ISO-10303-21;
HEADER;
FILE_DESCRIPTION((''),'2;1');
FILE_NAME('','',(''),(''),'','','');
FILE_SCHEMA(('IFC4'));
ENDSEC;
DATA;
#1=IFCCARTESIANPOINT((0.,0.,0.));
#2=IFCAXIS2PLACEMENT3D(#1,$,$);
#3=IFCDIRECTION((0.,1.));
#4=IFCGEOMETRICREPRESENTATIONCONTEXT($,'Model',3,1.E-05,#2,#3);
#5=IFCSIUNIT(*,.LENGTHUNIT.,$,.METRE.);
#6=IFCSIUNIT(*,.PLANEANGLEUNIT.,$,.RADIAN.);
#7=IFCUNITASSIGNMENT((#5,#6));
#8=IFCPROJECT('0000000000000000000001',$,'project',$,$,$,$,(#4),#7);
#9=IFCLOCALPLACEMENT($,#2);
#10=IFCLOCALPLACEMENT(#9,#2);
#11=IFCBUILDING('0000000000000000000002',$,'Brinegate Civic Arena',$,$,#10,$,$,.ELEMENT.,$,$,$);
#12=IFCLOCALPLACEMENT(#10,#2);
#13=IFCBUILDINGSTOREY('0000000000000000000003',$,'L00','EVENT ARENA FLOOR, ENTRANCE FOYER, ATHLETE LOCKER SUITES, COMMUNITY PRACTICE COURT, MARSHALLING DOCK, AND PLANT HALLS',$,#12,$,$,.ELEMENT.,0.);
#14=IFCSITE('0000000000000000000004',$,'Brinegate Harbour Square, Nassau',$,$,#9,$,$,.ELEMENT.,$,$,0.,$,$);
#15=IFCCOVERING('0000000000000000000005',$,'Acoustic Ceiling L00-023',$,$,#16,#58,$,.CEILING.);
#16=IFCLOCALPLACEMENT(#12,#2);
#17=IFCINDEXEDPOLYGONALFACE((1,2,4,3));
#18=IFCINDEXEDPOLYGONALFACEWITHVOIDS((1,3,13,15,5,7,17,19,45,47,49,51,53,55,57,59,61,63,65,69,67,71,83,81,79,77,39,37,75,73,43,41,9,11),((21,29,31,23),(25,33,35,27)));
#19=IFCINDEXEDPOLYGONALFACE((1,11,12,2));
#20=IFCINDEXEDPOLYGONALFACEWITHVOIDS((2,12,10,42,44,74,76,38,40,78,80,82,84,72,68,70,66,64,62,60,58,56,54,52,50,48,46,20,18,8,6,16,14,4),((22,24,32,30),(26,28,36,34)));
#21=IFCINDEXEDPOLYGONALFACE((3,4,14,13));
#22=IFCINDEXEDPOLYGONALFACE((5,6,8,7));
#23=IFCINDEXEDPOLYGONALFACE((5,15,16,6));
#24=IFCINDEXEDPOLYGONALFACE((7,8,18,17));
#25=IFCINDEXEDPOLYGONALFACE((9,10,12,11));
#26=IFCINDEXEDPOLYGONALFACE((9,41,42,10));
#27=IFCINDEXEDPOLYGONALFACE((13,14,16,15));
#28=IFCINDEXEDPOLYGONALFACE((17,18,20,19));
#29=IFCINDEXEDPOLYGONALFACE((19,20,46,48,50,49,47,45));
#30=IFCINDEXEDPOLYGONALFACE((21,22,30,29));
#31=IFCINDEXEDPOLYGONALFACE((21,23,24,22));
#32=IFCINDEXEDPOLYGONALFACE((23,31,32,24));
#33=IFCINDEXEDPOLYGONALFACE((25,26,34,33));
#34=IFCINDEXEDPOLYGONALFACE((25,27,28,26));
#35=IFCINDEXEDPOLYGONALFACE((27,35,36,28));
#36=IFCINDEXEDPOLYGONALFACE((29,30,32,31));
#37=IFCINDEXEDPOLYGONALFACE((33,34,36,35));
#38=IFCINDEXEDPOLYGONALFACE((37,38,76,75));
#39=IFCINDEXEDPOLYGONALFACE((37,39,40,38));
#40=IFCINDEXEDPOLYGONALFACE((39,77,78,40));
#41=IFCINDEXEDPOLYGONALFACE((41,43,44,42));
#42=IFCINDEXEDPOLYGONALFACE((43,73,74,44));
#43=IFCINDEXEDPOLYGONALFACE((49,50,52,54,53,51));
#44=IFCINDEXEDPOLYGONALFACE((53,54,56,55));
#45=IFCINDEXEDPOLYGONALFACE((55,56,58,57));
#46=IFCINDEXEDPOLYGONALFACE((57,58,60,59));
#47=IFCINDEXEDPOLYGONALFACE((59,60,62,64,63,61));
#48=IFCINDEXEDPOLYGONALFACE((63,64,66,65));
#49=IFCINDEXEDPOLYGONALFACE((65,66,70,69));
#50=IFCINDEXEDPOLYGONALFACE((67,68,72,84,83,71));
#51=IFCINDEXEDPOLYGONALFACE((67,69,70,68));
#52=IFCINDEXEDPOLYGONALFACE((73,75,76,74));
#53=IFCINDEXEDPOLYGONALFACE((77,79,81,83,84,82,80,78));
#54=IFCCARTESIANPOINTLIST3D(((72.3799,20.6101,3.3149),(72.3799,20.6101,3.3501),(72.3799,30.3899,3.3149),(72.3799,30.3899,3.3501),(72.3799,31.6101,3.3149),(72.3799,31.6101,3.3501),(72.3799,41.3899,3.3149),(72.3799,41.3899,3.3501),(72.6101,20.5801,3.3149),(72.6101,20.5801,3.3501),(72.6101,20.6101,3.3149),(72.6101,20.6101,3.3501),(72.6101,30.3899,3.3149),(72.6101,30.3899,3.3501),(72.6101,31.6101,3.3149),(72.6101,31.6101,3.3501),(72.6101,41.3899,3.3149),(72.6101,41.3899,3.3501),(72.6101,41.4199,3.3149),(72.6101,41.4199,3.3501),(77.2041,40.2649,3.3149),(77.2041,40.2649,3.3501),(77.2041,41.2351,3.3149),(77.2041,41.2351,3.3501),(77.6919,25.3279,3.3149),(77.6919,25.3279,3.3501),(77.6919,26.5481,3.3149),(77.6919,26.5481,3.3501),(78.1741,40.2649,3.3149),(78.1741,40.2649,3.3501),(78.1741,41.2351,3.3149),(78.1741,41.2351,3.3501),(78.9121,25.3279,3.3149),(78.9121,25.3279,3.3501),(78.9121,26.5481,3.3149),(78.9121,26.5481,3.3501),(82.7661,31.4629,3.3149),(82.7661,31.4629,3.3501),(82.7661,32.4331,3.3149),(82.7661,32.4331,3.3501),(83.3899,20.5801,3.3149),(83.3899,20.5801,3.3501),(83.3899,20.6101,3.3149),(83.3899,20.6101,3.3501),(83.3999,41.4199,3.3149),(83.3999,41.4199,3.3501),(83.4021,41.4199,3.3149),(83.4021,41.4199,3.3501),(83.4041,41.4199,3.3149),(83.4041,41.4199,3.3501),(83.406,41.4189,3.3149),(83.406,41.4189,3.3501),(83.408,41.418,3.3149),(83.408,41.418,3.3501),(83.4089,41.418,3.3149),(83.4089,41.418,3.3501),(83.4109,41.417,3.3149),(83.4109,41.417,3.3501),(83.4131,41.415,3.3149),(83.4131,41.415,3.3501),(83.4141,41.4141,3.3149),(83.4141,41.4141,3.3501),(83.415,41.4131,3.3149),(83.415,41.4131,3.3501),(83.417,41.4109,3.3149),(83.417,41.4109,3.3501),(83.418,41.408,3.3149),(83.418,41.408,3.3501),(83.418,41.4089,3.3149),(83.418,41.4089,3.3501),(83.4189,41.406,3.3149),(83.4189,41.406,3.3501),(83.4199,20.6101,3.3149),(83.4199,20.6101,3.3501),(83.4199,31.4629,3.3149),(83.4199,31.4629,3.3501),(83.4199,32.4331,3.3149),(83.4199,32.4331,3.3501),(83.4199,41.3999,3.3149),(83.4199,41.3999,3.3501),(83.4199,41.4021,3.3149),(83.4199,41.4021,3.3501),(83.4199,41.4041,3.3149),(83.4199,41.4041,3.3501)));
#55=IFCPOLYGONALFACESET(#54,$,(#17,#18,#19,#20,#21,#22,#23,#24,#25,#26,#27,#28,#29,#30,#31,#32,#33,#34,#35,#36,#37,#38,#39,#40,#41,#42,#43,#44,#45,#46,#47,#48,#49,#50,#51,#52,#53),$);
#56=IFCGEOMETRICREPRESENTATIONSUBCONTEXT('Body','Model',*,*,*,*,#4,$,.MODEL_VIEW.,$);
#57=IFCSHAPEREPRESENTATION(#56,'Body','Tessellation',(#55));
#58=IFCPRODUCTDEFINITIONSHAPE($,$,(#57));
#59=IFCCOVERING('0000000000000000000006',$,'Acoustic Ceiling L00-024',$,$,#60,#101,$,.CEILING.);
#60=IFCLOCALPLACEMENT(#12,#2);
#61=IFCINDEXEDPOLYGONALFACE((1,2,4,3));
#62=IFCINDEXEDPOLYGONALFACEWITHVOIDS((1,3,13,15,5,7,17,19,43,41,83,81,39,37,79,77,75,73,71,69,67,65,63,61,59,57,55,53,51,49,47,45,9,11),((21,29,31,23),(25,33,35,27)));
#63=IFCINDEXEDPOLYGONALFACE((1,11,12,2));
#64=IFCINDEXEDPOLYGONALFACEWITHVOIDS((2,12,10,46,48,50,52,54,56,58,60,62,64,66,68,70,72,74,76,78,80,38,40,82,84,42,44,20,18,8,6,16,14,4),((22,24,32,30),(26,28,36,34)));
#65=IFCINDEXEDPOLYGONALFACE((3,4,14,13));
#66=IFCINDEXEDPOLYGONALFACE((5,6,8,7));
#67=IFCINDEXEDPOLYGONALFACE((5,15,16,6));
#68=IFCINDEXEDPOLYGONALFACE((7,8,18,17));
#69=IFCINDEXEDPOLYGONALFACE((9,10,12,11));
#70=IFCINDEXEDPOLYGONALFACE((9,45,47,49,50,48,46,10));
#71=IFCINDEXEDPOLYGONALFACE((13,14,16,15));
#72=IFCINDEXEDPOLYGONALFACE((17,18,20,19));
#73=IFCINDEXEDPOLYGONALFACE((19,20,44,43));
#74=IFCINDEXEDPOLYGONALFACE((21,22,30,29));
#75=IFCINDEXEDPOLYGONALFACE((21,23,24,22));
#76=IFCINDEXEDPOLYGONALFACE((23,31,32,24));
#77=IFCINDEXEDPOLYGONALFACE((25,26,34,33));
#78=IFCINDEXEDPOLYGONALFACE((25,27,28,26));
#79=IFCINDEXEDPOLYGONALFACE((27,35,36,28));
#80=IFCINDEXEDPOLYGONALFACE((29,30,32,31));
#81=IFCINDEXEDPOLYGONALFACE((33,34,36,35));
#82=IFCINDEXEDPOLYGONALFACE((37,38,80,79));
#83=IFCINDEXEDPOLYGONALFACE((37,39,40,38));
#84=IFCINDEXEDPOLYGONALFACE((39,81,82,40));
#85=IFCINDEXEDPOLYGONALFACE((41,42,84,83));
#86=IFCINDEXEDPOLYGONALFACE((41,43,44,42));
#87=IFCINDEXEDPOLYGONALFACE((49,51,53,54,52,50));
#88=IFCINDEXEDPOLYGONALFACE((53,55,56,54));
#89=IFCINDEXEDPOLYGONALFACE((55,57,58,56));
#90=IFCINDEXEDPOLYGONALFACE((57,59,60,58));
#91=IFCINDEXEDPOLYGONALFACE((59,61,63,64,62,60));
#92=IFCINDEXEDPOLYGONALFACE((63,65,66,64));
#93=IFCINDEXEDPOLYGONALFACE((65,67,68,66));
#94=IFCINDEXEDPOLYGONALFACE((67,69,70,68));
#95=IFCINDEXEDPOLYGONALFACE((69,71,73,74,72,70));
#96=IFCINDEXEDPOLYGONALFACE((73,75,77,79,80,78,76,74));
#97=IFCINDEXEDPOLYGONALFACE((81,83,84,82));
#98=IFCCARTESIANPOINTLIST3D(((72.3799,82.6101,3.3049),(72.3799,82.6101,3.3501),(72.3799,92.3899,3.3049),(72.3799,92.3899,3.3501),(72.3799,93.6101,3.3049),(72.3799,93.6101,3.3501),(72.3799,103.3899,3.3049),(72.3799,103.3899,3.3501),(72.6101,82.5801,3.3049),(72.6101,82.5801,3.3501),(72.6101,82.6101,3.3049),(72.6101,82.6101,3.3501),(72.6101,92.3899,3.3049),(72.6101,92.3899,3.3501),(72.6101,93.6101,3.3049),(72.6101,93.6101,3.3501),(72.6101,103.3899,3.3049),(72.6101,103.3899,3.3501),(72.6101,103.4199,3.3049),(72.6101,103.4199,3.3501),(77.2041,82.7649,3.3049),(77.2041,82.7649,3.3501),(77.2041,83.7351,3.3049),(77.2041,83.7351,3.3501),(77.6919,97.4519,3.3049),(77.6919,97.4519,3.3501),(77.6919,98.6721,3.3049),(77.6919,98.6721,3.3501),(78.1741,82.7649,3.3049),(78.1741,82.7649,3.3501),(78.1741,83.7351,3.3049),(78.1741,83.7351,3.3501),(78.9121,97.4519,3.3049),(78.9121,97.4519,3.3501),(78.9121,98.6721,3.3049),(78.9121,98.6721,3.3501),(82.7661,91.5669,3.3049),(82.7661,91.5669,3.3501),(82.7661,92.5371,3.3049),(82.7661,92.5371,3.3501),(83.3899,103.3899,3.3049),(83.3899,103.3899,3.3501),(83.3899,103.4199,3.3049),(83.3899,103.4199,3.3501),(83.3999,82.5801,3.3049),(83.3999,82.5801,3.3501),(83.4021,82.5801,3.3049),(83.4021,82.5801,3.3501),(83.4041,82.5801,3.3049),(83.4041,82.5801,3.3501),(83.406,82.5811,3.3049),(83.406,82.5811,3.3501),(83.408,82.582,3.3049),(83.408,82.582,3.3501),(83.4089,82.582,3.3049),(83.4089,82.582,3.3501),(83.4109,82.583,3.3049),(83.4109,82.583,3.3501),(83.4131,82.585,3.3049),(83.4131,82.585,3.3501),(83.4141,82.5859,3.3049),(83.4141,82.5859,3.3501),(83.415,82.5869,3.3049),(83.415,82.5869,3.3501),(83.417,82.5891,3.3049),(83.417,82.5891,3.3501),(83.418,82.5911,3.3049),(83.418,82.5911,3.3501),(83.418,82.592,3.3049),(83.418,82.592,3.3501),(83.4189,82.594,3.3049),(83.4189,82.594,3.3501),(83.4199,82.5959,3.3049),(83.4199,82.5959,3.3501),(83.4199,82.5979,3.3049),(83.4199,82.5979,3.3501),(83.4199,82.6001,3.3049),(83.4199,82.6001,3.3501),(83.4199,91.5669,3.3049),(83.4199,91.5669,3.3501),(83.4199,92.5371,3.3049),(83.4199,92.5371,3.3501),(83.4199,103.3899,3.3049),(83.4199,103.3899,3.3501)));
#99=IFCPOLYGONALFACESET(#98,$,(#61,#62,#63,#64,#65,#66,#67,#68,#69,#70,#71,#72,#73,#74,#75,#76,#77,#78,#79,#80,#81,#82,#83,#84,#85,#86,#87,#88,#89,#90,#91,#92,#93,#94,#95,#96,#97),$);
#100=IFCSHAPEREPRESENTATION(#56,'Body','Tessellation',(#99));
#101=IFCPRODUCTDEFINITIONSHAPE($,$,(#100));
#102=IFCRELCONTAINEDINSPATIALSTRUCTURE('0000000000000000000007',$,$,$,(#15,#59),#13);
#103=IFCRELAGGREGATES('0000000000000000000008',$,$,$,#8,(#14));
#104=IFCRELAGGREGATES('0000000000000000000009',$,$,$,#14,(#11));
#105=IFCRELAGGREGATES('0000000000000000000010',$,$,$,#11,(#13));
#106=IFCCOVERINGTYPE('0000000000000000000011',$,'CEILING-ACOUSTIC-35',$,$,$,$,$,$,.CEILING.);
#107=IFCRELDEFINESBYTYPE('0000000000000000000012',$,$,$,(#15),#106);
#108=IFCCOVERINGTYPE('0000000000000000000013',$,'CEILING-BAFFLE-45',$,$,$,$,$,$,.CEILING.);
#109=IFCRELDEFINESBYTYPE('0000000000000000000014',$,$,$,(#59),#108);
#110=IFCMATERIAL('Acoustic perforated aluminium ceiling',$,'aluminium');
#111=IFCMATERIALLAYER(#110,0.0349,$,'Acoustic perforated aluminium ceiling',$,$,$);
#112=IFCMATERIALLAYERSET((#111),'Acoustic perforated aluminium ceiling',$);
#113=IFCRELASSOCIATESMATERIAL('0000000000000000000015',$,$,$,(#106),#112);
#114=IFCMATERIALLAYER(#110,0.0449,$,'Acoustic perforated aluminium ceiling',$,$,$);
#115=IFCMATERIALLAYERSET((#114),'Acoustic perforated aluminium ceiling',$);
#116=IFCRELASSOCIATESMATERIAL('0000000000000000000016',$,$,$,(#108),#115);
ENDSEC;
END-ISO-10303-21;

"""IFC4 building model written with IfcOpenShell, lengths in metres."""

from ifc_helpers import new_model, si_unit, direction, frame, origin, place, context, subcontext, project, spatial, polyline, outline, extrude, material, layer, layer_set, type_object, element, save


model = new_model("IFC4")

# Units and contexts
model_context = context("Model", 3, precision=1e-05, world=origin(), true_north=direction((0.0, 1.0)))
body_context = subcontext(model_context, "Body", "Model", "MODEL_VIEW")
ifc_project = project(units=[si_unit("LENGTHUNIT", "METRE"), si_unit("PLANEANGLEUNIT", "RADIAN")], contexts=[model_context])

# Site, building, storey
site_placement = place(None, origin())
site = spatial("IfcSite", under=ifc_project, at=site_placement, Name="Brinegate Harbour Square, Nassau", CompositionType="ELEMENT", RefElevation=0.0)
building_placement = place(site_placement, origin())
building = spatial("IfcBuilding", under=site, at=building_placement, Name="Brinegate Civic Arena", CompositionType="ELEMENT")
storey_placement = place(building_placement, origin())
storey = spatial("IfcBuildingStorey", under=building, at=storey_placement, Name="L00", Description="EVENT ARENA FLOOR, ENTRANCE FOYER, ATHLETE LOCKER SUITES, COMMUNITY PRACTICE COURT, MARSHALLING DOCK, AND PLANT HALLS", CompositionType="ELEMENT", Elevation=0.0)

# Coverings
ifc_material_1 = material(Name="Acoustic perforated aluminium ceiling", Category="aluminium")
ifc_layer_1 = layer(ifc_material_1, 0.0349, Name="Acoustic perforated aluminium ceiling")
ifc_layer_set_1 = layer_set([ifc_layer_1], Name="Acoustic perforated aluminium ceiling")
covering_type_1 = type_object("IfcCoveringType", Name="CEILING-ACOUSTIC-35", PredefinedType="CEILING", material=ifc_layer_set_1)
covering_1_placement = place(storey_placement, frame((0.0, 0.0, 3.3149)))
element("IfcCovering", 1, at=covering_1_placement, inside=storey, type_object=covering_type_1, Name="Acoustic Ceiling L00-023", PredefinedType="CEILING", context=body_context, shape_type="SweptSolid", body=[
    extrude(outline(polyline([(83.4041, 41.4199), (83.406, 41.4189), (83.408, 41.418), (83.4089, 41.418), (83.4109, 41.417), (83.4131, 41.415), (83.4141, 41.4141), (83.415, 41.4131), (83.417, 41.4109), (83.418, 41.4089), (83.418, 41.408), (83.4189, 41.406), (83.4199, 41.4041), (83.4199, 41.4021), (83.4199, 41.3999), (83.4199, 32.4331), (82.7661, 32.4331), (82.7661, 31.4629), (83.4199, 31.4629), (83.4199, 20.6101), (83.3899, 20.6101), (83.3899, 20.5801), (72.6101, 20.5801), (72.6101, 20.6101), (72.3799, 20.6101), (72.3799, 30.3899), (72.6101, 30.3899), (72.6101, 31.6101), (72.3799, 31.6101), (72.3799, 41.3899), (72.6101, 41.3899), (72.6101, 41.4199), (83.3999, 41.4199), (83.4021, 41.4199), (83.4041, 41.4199)]), holes=[polyline([(78.9121, 26.5481), (77.6919, 26.5481), (77.6919, 25.3279), (78.9121, 25.3279), (78.9121, 26.5481)]), polyline([(78.1741, 41.2351), (77.2041, 41.2351), (77.2041, 40.2649), (78.1741, 40.2649), (78.1741, 41.2351)])]), origin(), (0.0, 0.0, 1.0), 0.0352),
])
ifc_layer_2 = layer(ifc_material_1, 0.0449, Name="Acoustic perforated aluminium ceiling")
ifc_layer_set_2 = layer_set([ifc_layer_2], Name="Acoustic perforated aluminium ceiling")
covering_type_2 = type_object("IfcCoveringType", Name="CEILING-BAFFLE-45", PredefinedType="CEILING", material=ifc_layer_set_2)
covering_2_placement = place(storey_placement, frame((0.0, 0.0, 3.3049)))
element("IfcCovering", 2, at=covering_2_placement, inside=storey, type_object=covering_type_2, Name="Acoustic Ceiling L00-024", PredefinedType="CEILING", context=body_context, shape_type="SweptSolid", body=[
    extrude(outline(polyline([(82.7661, 92.5371), (82.7661, 91.5669), (83.4199, 91.5669), (83.4199, 82.6001), (83.4199, 82.5979), (83.4199, 82.5959), (83.4189, 82.594), (83.418, 82.592), (83.418, 82.5911), (83.417, 82.5891), (83.415, 82.5869), (83.4141, 82.5859), (83.4131, 82.585), (83.4109, 82.583), (83.4089, 82.582), (83.408, 82.582), (83.406, 82.5811), (83.4041, 82.5801), (83.4021, 82.5801), (83.3999, 82.5801), (72.6101, 82.5801), (72.6101, 82.6101), (72.3799, 82.6101), (72.3799, 92.3899), (72.6101, 92.3899), (72.6101, 93.6101), (72.3799, 93.6101), (72.3799, 103.3899), (72.6101, 103.3899), (72.6101, 103.4199), (83.3899, 103.4199), (83.3899, 103.3899), (83.4199, 103.3899), (83.4199, 92.5371), (82.7661, 92.5371)]), holes=[polyline([(78.1741, 82.7649), (78.1741, 83.7351), (77.2041, 83.7351), (77.2041, 82.7649), (78.1741, 82.7649)]), polyline([(78.9121, 98.6721), (77.6919, 98.6721), (77.6919, 97.4519), (78.9121, 97.4519), (78.9121, 98.6721)])]), origin(), (0.0, 0.0, 1.0), 0.0452),
])

save(model, "model.ifc")
